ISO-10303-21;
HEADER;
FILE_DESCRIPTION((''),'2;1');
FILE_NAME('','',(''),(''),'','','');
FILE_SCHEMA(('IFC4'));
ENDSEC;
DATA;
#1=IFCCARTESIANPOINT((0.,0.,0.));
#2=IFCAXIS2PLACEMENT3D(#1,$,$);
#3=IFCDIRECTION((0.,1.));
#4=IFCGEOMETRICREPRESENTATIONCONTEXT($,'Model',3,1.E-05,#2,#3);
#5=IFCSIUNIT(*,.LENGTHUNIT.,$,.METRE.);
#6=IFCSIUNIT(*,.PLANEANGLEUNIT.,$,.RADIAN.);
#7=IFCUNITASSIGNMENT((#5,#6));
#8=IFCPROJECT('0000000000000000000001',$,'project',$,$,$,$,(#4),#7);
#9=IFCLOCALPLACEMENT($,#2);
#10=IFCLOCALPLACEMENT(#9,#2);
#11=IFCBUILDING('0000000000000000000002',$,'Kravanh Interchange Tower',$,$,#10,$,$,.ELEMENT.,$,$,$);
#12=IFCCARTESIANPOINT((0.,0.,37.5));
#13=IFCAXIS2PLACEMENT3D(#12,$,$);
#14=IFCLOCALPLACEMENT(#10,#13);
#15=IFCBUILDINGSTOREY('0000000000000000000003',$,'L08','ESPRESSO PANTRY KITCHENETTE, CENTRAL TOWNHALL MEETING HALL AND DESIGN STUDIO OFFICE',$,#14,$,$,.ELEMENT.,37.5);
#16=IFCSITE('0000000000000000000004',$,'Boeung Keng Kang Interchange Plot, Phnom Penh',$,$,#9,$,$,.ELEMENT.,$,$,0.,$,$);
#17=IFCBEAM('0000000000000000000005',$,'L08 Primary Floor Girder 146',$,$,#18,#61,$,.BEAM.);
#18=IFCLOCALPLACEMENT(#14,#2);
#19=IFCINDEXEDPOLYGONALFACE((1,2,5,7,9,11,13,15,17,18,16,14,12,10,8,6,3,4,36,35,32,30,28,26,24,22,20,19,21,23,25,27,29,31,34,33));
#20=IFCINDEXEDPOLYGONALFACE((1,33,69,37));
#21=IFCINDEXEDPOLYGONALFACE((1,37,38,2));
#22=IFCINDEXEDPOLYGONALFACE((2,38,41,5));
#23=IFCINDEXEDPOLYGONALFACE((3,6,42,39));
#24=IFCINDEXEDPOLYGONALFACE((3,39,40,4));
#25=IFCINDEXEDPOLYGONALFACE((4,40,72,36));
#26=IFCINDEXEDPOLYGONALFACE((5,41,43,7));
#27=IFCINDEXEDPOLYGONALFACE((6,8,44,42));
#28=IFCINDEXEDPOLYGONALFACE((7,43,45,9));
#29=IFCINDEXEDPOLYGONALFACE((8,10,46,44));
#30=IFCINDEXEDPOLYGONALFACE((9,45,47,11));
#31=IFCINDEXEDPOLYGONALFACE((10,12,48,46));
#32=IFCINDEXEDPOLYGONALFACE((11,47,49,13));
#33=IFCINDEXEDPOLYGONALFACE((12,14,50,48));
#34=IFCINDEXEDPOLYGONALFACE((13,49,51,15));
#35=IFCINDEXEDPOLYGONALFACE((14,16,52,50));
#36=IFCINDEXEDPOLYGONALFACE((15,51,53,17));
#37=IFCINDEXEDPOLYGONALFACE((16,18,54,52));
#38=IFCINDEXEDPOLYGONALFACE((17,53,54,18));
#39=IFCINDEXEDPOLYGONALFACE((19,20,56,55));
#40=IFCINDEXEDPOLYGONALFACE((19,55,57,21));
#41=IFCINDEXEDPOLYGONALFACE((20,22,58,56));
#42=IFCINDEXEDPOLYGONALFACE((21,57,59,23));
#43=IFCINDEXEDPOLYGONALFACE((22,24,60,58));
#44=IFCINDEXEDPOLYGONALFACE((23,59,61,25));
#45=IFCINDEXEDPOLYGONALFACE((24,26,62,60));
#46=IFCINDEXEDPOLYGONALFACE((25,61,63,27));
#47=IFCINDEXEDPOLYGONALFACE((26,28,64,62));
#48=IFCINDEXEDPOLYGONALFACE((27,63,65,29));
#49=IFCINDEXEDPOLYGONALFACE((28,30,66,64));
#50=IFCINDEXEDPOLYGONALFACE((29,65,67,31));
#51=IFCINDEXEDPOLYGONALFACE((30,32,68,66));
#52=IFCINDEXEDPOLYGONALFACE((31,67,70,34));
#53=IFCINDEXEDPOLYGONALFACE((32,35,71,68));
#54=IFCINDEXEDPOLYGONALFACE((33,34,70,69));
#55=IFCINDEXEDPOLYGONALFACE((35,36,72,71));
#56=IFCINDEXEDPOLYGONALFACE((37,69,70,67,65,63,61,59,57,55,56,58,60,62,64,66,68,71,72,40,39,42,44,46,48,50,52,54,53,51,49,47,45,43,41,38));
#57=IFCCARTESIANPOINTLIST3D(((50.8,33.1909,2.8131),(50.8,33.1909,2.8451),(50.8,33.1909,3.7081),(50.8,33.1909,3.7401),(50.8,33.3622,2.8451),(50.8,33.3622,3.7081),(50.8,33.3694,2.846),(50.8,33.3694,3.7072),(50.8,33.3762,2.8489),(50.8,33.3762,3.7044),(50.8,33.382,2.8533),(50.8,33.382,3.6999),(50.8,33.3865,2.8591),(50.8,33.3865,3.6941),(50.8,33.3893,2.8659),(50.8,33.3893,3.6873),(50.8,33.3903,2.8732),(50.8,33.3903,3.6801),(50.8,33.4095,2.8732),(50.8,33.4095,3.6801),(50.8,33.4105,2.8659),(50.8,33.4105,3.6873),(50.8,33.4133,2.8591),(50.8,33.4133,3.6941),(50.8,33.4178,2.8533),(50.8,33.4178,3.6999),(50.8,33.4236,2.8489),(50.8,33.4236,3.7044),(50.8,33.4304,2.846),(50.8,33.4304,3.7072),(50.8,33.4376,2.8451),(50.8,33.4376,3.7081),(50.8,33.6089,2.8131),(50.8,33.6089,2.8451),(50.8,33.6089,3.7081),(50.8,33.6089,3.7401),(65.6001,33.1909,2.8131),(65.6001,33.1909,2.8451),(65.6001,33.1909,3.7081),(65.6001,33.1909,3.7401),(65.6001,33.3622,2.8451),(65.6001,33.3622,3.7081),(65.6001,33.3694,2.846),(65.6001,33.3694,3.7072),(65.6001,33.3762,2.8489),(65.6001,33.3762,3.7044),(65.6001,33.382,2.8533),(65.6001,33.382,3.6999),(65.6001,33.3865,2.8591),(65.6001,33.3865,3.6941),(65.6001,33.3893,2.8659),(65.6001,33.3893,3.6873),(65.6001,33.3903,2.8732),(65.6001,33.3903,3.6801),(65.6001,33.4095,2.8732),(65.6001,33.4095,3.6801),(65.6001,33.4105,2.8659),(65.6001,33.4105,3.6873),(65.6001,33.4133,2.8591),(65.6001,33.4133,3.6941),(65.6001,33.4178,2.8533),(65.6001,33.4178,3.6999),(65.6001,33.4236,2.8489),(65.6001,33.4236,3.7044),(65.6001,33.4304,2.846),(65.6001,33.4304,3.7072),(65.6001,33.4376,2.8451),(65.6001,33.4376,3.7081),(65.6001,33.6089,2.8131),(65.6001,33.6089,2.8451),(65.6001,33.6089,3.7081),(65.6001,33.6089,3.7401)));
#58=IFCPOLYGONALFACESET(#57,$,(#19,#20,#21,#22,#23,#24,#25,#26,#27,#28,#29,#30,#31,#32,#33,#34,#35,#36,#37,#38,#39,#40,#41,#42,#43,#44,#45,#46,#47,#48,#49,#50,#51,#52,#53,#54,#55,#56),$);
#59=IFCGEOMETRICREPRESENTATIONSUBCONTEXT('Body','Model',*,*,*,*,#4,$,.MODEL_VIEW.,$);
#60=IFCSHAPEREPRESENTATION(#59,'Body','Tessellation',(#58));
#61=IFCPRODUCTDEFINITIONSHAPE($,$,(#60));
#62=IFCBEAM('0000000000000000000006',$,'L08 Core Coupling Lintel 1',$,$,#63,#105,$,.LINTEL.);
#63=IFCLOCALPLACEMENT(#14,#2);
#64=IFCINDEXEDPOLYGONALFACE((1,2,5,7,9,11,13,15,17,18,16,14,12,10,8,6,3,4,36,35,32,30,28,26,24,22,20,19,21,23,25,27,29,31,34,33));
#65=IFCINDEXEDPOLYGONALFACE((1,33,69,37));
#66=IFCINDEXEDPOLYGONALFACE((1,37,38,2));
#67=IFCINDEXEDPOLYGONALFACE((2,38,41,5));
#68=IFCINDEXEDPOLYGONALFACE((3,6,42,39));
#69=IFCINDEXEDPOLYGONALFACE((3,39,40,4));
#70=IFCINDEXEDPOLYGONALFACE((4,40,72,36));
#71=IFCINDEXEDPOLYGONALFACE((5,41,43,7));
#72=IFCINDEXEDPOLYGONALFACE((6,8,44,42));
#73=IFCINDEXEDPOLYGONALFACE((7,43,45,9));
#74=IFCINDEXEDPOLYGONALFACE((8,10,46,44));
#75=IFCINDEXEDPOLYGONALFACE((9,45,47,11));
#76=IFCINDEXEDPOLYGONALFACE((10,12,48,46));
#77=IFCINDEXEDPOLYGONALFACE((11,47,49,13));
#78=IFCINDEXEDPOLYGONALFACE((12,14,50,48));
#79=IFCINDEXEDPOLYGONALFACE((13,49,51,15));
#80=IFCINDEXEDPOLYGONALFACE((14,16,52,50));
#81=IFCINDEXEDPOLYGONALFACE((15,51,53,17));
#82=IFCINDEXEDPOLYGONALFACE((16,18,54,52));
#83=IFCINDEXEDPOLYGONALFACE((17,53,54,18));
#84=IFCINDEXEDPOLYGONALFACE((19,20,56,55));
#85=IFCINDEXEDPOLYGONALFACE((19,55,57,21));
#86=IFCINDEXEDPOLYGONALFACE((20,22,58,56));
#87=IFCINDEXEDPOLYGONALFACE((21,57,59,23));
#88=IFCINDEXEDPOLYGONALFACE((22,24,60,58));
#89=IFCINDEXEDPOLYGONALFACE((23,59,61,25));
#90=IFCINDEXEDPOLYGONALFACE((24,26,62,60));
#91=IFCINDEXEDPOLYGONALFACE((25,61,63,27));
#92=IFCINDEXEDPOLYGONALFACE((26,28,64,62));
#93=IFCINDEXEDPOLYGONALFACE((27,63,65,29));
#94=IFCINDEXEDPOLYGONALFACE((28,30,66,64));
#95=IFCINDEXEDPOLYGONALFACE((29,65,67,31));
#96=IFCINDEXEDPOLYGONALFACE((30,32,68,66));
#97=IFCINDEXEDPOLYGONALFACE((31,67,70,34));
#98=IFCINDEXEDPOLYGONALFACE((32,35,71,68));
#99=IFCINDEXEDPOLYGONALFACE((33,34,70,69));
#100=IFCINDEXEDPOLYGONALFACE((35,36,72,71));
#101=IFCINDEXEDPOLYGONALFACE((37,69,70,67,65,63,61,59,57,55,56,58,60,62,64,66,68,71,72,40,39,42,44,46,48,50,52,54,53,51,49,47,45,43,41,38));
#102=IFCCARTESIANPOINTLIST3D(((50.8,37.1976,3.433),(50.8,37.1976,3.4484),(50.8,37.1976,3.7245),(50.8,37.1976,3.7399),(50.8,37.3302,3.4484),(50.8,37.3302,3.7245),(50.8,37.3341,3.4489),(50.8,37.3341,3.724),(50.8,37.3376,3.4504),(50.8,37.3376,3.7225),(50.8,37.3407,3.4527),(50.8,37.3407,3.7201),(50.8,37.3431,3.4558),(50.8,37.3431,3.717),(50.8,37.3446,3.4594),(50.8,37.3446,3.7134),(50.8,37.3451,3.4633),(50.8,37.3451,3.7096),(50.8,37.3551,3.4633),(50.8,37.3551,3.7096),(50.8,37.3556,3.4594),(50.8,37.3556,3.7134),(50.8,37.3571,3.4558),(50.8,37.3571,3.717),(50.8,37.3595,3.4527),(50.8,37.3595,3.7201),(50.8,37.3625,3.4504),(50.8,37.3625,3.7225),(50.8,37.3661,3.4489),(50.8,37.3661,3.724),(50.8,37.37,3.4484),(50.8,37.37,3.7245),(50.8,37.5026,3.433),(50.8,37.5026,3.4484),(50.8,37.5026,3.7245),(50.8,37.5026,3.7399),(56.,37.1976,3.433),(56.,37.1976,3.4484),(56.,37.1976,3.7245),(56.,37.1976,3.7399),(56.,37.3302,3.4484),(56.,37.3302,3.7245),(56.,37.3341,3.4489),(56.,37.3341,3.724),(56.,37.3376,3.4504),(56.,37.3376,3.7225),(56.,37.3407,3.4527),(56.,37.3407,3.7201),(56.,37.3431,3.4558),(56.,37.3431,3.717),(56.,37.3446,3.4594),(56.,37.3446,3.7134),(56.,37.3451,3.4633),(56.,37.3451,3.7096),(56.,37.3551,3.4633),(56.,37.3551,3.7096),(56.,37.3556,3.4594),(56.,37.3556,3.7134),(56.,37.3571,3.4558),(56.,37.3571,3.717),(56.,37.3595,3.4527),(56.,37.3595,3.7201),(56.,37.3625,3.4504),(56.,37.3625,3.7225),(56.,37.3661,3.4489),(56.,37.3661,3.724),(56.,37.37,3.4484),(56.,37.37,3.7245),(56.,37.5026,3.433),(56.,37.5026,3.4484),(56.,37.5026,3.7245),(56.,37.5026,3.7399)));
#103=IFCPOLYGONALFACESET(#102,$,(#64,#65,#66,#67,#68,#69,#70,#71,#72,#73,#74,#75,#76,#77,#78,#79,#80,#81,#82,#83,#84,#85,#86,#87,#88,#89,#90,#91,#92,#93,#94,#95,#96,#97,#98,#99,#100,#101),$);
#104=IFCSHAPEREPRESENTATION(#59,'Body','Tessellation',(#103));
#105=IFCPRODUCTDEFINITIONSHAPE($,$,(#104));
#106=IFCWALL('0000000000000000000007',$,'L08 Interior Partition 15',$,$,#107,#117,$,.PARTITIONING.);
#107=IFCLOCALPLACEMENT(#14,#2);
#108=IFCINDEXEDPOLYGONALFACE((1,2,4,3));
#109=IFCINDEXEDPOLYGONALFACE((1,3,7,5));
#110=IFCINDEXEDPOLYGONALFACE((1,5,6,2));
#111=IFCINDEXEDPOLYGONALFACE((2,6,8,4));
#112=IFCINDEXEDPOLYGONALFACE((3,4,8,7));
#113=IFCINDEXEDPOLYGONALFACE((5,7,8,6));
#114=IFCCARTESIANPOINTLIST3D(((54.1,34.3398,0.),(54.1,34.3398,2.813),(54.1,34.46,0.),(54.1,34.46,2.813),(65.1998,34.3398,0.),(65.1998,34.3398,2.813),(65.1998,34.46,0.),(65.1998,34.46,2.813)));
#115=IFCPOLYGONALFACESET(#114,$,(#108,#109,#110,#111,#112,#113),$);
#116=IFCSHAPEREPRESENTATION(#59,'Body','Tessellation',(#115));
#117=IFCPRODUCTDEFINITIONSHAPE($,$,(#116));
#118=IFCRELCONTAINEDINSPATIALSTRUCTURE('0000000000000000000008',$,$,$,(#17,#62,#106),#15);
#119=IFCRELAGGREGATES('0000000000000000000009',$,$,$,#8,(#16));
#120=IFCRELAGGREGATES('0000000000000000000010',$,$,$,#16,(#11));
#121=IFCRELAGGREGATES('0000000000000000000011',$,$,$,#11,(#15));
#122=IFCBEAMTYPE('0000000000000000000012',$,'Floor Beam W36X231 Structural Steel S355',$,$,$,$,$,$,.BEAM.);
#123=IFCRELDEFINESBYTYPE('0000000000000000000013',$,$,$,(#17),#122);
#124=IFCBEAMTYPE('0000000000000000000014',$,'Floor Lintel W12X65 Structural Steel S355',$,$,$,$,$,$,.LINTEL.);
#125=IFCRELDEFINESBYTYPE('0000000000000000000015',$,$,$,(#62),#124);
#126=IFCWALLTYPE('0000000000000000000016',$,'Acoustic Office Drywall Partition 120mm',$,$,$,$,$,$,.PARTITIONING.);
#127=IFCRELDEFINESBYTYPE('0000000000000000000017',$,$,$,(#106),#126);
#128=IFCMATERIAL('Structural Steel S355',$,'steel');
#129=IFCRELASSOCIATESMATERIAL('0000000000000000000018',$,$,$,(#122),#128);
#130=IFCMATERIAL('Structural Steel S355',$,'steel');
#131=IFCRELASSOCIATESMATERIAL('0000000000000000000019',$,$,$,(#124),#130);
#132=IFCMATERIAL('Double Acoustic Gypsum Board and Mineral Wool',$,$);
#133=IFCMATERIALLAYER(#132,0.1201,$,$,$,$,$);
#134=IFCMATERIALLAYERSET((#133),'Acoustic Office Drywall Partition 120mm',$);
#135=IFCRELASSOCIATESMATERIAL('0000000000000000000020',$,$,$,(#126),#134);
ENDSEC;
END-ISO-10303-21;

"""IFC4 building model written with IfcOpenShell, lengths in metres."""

from ifc_helpers import new_model, si_unit, direction, frame, frame_2d, origin, origin_2d, place, context, subcontext, project, spatial, rectangle, i_section, extrude, material, layer, layer_set, material_profile, profile_set, type_object, element, save


model = new_model("IFC4")

# Units and contexts
model_context = context("Model", 3, precision=1e-05, world=origin(), true_north=direction((0.0, 1.0)))
body_context = subcontext(model_context, "Body", "Model", "MODEL_VIEW")
ifc_project = project(units=[si_unit("LENGTHUNIT", "METRE"), si_unit("PLANEANGLEUNIT", "RADIAN")], contexts=[model_context])

# Site, building, storey
site_placement = place(None, origin())
site = spatial("IfcSite", under=ifc_project, at=site_placement, Name="Boeung Keng Kang Interchange Plot, Phnom Penh", CompositionType="ELEMENT", RefElevation=0.0)
building_placement = place(site_placement, origin())
building = spatial("IfcBuilding", under=site, at=building_placement, Name="Kravanh Interchange Tower", CompositionType="ELEMENT")
storey_placement = place(building_placement, frame((0.0, 0.0, 37.5)))
storey = spatial("IfcBuildingStorey", under=building, at=storey_placement, Name="L08", Description="ESPRESSO PANTRY KITCHENETTE, CENTRAL TOWNHALL MEETING HALL AND DESIGN STUDIO OFFICE", CompositionType="ELEMENT", Elevation=37.5)

# Beams
ifc_material_1 = material(Name="Structural Steel S355", Category="steel")
ifc_material_profile_1 = material_profile(ifc_material_1, i_section(OverallWidth=0.418, OverallDepth=0.927, WebThickness=0.0193, FlangeThickness=0.032, FilletRadius=0.0281, at=origin_2d()), Name="W36X231")
ifc_profile_set_1 = profile_set([ifc_material_profile_1], Name="Structural Steel S355")
beam_type_1 = type_object("IfcBeamType", Name="Floor Beam W36X231 Structural Steel S355", PredefinedType="BEAM", material=ifc_profile_set_1)
beam_1_placement = place(storey_placement, frame((50.8, 33.3999, 3.2766), z_axis=(1.0, 0.0, 0.0), x_axis=(0.0, 1.0, 0.0)))
element("IfcBeam", 1, at=beam_1_placement, inside=storey, type_object=beam_type_1, Name="L08 Primary Floor Girder 146", PredefinedType="BEAM", context=body_context, shape_type="SweptSolid", body=[
    extrude(i_section(OverallWidth=0.418, OverallDepth=0.927, WebThickness=0.0193, FlangeThickness=0.032, FilletRadius=0.0281, at=origin_2d()), origin(), (0.0, 0.0, 1.0), 14.8),
])
ifc_material_2 = material(Name="Structural Steel S355", Category="steel")
ifc_material_profile_2 = material_profile(ifc_material_2, i_section(OverallWidth=0.3049, OverallDepth=0.3069, WebThickness=0.01, FlangeThickness=0.0154, FilletRadius=0.0149, at=origin_2d()), Name="W12X65")
ifc_profile_set_2 = profile_set([ifc_material_profile_2], Name="Structural Steel S355")
beam_type_2 = type_object("IfcBeamType", Name="Floor Lintel W12X65 Structural Steel S355", PredefinedType="LINTEL", material=ifc_profile_set_2)
beam_2_placement = place(storey_placement, frame((50.8, 37.3501, 3.5864), z_axis=(1.0, 0.0, 0.0), x_axis=(0.0, 1.0, 0.0)))
element("IfcBeam", 2, at=beam_2_placement, inside=storey, type_object=beam_type_2, Name="L08 Core Coupling Lintel 1", PredefinedType="LINTEL", context=body_context, shape_type="SweptSolid", body=[
    extrude(i_section(OverallWidth=0.3049, OverallDepth=0.3069, WebThickness=0.01, FlangeThickness=0.0154, FilletRadius=0.0149, at=origin_2d()), origin(), (0.0, 0.0, 1.0), 5.2),
])

# Wall
ifc_material_3 = material(Name="Double Acoustic Gypsum Board and Mineral Wool")
ifc_layer_1 = layer(ifc_material_3, 0.1201)
ifc_layer_set_1 = layer_set([ifc_layer_1], Name="Acoustic Office Drywall Partition 120mm")
wall_type_1 = type_object("IfcWallType", Name="Acoustic Office Drywall Partition 120mm", PredefinedType="PARTITIONING", material=ifc_layer_set_1)
wall_1_placement = place(storey_placement, frame((54.1001, 34.3999, 0.0), z_axis=(0.0, 0.0, 1.0), x_axis=(1.0, 0.0, 0.0)))
element("IfcWall", 3, at=wall_1_placement, inside=storey, type_object=wall_type_1, Name="L08 Interior Partition 15", PredefinedType="PARTITIONING", context=body_context, shape_type="SweptSolid", body=[
    extrude(rectangle(XDim=11.0999, YDim=0.1201, at=frame_2d((5.5498, 0.0))), origin(), (0.0, 0.0, 1.0), 2.813),
])

save(model, "model.ifc")
